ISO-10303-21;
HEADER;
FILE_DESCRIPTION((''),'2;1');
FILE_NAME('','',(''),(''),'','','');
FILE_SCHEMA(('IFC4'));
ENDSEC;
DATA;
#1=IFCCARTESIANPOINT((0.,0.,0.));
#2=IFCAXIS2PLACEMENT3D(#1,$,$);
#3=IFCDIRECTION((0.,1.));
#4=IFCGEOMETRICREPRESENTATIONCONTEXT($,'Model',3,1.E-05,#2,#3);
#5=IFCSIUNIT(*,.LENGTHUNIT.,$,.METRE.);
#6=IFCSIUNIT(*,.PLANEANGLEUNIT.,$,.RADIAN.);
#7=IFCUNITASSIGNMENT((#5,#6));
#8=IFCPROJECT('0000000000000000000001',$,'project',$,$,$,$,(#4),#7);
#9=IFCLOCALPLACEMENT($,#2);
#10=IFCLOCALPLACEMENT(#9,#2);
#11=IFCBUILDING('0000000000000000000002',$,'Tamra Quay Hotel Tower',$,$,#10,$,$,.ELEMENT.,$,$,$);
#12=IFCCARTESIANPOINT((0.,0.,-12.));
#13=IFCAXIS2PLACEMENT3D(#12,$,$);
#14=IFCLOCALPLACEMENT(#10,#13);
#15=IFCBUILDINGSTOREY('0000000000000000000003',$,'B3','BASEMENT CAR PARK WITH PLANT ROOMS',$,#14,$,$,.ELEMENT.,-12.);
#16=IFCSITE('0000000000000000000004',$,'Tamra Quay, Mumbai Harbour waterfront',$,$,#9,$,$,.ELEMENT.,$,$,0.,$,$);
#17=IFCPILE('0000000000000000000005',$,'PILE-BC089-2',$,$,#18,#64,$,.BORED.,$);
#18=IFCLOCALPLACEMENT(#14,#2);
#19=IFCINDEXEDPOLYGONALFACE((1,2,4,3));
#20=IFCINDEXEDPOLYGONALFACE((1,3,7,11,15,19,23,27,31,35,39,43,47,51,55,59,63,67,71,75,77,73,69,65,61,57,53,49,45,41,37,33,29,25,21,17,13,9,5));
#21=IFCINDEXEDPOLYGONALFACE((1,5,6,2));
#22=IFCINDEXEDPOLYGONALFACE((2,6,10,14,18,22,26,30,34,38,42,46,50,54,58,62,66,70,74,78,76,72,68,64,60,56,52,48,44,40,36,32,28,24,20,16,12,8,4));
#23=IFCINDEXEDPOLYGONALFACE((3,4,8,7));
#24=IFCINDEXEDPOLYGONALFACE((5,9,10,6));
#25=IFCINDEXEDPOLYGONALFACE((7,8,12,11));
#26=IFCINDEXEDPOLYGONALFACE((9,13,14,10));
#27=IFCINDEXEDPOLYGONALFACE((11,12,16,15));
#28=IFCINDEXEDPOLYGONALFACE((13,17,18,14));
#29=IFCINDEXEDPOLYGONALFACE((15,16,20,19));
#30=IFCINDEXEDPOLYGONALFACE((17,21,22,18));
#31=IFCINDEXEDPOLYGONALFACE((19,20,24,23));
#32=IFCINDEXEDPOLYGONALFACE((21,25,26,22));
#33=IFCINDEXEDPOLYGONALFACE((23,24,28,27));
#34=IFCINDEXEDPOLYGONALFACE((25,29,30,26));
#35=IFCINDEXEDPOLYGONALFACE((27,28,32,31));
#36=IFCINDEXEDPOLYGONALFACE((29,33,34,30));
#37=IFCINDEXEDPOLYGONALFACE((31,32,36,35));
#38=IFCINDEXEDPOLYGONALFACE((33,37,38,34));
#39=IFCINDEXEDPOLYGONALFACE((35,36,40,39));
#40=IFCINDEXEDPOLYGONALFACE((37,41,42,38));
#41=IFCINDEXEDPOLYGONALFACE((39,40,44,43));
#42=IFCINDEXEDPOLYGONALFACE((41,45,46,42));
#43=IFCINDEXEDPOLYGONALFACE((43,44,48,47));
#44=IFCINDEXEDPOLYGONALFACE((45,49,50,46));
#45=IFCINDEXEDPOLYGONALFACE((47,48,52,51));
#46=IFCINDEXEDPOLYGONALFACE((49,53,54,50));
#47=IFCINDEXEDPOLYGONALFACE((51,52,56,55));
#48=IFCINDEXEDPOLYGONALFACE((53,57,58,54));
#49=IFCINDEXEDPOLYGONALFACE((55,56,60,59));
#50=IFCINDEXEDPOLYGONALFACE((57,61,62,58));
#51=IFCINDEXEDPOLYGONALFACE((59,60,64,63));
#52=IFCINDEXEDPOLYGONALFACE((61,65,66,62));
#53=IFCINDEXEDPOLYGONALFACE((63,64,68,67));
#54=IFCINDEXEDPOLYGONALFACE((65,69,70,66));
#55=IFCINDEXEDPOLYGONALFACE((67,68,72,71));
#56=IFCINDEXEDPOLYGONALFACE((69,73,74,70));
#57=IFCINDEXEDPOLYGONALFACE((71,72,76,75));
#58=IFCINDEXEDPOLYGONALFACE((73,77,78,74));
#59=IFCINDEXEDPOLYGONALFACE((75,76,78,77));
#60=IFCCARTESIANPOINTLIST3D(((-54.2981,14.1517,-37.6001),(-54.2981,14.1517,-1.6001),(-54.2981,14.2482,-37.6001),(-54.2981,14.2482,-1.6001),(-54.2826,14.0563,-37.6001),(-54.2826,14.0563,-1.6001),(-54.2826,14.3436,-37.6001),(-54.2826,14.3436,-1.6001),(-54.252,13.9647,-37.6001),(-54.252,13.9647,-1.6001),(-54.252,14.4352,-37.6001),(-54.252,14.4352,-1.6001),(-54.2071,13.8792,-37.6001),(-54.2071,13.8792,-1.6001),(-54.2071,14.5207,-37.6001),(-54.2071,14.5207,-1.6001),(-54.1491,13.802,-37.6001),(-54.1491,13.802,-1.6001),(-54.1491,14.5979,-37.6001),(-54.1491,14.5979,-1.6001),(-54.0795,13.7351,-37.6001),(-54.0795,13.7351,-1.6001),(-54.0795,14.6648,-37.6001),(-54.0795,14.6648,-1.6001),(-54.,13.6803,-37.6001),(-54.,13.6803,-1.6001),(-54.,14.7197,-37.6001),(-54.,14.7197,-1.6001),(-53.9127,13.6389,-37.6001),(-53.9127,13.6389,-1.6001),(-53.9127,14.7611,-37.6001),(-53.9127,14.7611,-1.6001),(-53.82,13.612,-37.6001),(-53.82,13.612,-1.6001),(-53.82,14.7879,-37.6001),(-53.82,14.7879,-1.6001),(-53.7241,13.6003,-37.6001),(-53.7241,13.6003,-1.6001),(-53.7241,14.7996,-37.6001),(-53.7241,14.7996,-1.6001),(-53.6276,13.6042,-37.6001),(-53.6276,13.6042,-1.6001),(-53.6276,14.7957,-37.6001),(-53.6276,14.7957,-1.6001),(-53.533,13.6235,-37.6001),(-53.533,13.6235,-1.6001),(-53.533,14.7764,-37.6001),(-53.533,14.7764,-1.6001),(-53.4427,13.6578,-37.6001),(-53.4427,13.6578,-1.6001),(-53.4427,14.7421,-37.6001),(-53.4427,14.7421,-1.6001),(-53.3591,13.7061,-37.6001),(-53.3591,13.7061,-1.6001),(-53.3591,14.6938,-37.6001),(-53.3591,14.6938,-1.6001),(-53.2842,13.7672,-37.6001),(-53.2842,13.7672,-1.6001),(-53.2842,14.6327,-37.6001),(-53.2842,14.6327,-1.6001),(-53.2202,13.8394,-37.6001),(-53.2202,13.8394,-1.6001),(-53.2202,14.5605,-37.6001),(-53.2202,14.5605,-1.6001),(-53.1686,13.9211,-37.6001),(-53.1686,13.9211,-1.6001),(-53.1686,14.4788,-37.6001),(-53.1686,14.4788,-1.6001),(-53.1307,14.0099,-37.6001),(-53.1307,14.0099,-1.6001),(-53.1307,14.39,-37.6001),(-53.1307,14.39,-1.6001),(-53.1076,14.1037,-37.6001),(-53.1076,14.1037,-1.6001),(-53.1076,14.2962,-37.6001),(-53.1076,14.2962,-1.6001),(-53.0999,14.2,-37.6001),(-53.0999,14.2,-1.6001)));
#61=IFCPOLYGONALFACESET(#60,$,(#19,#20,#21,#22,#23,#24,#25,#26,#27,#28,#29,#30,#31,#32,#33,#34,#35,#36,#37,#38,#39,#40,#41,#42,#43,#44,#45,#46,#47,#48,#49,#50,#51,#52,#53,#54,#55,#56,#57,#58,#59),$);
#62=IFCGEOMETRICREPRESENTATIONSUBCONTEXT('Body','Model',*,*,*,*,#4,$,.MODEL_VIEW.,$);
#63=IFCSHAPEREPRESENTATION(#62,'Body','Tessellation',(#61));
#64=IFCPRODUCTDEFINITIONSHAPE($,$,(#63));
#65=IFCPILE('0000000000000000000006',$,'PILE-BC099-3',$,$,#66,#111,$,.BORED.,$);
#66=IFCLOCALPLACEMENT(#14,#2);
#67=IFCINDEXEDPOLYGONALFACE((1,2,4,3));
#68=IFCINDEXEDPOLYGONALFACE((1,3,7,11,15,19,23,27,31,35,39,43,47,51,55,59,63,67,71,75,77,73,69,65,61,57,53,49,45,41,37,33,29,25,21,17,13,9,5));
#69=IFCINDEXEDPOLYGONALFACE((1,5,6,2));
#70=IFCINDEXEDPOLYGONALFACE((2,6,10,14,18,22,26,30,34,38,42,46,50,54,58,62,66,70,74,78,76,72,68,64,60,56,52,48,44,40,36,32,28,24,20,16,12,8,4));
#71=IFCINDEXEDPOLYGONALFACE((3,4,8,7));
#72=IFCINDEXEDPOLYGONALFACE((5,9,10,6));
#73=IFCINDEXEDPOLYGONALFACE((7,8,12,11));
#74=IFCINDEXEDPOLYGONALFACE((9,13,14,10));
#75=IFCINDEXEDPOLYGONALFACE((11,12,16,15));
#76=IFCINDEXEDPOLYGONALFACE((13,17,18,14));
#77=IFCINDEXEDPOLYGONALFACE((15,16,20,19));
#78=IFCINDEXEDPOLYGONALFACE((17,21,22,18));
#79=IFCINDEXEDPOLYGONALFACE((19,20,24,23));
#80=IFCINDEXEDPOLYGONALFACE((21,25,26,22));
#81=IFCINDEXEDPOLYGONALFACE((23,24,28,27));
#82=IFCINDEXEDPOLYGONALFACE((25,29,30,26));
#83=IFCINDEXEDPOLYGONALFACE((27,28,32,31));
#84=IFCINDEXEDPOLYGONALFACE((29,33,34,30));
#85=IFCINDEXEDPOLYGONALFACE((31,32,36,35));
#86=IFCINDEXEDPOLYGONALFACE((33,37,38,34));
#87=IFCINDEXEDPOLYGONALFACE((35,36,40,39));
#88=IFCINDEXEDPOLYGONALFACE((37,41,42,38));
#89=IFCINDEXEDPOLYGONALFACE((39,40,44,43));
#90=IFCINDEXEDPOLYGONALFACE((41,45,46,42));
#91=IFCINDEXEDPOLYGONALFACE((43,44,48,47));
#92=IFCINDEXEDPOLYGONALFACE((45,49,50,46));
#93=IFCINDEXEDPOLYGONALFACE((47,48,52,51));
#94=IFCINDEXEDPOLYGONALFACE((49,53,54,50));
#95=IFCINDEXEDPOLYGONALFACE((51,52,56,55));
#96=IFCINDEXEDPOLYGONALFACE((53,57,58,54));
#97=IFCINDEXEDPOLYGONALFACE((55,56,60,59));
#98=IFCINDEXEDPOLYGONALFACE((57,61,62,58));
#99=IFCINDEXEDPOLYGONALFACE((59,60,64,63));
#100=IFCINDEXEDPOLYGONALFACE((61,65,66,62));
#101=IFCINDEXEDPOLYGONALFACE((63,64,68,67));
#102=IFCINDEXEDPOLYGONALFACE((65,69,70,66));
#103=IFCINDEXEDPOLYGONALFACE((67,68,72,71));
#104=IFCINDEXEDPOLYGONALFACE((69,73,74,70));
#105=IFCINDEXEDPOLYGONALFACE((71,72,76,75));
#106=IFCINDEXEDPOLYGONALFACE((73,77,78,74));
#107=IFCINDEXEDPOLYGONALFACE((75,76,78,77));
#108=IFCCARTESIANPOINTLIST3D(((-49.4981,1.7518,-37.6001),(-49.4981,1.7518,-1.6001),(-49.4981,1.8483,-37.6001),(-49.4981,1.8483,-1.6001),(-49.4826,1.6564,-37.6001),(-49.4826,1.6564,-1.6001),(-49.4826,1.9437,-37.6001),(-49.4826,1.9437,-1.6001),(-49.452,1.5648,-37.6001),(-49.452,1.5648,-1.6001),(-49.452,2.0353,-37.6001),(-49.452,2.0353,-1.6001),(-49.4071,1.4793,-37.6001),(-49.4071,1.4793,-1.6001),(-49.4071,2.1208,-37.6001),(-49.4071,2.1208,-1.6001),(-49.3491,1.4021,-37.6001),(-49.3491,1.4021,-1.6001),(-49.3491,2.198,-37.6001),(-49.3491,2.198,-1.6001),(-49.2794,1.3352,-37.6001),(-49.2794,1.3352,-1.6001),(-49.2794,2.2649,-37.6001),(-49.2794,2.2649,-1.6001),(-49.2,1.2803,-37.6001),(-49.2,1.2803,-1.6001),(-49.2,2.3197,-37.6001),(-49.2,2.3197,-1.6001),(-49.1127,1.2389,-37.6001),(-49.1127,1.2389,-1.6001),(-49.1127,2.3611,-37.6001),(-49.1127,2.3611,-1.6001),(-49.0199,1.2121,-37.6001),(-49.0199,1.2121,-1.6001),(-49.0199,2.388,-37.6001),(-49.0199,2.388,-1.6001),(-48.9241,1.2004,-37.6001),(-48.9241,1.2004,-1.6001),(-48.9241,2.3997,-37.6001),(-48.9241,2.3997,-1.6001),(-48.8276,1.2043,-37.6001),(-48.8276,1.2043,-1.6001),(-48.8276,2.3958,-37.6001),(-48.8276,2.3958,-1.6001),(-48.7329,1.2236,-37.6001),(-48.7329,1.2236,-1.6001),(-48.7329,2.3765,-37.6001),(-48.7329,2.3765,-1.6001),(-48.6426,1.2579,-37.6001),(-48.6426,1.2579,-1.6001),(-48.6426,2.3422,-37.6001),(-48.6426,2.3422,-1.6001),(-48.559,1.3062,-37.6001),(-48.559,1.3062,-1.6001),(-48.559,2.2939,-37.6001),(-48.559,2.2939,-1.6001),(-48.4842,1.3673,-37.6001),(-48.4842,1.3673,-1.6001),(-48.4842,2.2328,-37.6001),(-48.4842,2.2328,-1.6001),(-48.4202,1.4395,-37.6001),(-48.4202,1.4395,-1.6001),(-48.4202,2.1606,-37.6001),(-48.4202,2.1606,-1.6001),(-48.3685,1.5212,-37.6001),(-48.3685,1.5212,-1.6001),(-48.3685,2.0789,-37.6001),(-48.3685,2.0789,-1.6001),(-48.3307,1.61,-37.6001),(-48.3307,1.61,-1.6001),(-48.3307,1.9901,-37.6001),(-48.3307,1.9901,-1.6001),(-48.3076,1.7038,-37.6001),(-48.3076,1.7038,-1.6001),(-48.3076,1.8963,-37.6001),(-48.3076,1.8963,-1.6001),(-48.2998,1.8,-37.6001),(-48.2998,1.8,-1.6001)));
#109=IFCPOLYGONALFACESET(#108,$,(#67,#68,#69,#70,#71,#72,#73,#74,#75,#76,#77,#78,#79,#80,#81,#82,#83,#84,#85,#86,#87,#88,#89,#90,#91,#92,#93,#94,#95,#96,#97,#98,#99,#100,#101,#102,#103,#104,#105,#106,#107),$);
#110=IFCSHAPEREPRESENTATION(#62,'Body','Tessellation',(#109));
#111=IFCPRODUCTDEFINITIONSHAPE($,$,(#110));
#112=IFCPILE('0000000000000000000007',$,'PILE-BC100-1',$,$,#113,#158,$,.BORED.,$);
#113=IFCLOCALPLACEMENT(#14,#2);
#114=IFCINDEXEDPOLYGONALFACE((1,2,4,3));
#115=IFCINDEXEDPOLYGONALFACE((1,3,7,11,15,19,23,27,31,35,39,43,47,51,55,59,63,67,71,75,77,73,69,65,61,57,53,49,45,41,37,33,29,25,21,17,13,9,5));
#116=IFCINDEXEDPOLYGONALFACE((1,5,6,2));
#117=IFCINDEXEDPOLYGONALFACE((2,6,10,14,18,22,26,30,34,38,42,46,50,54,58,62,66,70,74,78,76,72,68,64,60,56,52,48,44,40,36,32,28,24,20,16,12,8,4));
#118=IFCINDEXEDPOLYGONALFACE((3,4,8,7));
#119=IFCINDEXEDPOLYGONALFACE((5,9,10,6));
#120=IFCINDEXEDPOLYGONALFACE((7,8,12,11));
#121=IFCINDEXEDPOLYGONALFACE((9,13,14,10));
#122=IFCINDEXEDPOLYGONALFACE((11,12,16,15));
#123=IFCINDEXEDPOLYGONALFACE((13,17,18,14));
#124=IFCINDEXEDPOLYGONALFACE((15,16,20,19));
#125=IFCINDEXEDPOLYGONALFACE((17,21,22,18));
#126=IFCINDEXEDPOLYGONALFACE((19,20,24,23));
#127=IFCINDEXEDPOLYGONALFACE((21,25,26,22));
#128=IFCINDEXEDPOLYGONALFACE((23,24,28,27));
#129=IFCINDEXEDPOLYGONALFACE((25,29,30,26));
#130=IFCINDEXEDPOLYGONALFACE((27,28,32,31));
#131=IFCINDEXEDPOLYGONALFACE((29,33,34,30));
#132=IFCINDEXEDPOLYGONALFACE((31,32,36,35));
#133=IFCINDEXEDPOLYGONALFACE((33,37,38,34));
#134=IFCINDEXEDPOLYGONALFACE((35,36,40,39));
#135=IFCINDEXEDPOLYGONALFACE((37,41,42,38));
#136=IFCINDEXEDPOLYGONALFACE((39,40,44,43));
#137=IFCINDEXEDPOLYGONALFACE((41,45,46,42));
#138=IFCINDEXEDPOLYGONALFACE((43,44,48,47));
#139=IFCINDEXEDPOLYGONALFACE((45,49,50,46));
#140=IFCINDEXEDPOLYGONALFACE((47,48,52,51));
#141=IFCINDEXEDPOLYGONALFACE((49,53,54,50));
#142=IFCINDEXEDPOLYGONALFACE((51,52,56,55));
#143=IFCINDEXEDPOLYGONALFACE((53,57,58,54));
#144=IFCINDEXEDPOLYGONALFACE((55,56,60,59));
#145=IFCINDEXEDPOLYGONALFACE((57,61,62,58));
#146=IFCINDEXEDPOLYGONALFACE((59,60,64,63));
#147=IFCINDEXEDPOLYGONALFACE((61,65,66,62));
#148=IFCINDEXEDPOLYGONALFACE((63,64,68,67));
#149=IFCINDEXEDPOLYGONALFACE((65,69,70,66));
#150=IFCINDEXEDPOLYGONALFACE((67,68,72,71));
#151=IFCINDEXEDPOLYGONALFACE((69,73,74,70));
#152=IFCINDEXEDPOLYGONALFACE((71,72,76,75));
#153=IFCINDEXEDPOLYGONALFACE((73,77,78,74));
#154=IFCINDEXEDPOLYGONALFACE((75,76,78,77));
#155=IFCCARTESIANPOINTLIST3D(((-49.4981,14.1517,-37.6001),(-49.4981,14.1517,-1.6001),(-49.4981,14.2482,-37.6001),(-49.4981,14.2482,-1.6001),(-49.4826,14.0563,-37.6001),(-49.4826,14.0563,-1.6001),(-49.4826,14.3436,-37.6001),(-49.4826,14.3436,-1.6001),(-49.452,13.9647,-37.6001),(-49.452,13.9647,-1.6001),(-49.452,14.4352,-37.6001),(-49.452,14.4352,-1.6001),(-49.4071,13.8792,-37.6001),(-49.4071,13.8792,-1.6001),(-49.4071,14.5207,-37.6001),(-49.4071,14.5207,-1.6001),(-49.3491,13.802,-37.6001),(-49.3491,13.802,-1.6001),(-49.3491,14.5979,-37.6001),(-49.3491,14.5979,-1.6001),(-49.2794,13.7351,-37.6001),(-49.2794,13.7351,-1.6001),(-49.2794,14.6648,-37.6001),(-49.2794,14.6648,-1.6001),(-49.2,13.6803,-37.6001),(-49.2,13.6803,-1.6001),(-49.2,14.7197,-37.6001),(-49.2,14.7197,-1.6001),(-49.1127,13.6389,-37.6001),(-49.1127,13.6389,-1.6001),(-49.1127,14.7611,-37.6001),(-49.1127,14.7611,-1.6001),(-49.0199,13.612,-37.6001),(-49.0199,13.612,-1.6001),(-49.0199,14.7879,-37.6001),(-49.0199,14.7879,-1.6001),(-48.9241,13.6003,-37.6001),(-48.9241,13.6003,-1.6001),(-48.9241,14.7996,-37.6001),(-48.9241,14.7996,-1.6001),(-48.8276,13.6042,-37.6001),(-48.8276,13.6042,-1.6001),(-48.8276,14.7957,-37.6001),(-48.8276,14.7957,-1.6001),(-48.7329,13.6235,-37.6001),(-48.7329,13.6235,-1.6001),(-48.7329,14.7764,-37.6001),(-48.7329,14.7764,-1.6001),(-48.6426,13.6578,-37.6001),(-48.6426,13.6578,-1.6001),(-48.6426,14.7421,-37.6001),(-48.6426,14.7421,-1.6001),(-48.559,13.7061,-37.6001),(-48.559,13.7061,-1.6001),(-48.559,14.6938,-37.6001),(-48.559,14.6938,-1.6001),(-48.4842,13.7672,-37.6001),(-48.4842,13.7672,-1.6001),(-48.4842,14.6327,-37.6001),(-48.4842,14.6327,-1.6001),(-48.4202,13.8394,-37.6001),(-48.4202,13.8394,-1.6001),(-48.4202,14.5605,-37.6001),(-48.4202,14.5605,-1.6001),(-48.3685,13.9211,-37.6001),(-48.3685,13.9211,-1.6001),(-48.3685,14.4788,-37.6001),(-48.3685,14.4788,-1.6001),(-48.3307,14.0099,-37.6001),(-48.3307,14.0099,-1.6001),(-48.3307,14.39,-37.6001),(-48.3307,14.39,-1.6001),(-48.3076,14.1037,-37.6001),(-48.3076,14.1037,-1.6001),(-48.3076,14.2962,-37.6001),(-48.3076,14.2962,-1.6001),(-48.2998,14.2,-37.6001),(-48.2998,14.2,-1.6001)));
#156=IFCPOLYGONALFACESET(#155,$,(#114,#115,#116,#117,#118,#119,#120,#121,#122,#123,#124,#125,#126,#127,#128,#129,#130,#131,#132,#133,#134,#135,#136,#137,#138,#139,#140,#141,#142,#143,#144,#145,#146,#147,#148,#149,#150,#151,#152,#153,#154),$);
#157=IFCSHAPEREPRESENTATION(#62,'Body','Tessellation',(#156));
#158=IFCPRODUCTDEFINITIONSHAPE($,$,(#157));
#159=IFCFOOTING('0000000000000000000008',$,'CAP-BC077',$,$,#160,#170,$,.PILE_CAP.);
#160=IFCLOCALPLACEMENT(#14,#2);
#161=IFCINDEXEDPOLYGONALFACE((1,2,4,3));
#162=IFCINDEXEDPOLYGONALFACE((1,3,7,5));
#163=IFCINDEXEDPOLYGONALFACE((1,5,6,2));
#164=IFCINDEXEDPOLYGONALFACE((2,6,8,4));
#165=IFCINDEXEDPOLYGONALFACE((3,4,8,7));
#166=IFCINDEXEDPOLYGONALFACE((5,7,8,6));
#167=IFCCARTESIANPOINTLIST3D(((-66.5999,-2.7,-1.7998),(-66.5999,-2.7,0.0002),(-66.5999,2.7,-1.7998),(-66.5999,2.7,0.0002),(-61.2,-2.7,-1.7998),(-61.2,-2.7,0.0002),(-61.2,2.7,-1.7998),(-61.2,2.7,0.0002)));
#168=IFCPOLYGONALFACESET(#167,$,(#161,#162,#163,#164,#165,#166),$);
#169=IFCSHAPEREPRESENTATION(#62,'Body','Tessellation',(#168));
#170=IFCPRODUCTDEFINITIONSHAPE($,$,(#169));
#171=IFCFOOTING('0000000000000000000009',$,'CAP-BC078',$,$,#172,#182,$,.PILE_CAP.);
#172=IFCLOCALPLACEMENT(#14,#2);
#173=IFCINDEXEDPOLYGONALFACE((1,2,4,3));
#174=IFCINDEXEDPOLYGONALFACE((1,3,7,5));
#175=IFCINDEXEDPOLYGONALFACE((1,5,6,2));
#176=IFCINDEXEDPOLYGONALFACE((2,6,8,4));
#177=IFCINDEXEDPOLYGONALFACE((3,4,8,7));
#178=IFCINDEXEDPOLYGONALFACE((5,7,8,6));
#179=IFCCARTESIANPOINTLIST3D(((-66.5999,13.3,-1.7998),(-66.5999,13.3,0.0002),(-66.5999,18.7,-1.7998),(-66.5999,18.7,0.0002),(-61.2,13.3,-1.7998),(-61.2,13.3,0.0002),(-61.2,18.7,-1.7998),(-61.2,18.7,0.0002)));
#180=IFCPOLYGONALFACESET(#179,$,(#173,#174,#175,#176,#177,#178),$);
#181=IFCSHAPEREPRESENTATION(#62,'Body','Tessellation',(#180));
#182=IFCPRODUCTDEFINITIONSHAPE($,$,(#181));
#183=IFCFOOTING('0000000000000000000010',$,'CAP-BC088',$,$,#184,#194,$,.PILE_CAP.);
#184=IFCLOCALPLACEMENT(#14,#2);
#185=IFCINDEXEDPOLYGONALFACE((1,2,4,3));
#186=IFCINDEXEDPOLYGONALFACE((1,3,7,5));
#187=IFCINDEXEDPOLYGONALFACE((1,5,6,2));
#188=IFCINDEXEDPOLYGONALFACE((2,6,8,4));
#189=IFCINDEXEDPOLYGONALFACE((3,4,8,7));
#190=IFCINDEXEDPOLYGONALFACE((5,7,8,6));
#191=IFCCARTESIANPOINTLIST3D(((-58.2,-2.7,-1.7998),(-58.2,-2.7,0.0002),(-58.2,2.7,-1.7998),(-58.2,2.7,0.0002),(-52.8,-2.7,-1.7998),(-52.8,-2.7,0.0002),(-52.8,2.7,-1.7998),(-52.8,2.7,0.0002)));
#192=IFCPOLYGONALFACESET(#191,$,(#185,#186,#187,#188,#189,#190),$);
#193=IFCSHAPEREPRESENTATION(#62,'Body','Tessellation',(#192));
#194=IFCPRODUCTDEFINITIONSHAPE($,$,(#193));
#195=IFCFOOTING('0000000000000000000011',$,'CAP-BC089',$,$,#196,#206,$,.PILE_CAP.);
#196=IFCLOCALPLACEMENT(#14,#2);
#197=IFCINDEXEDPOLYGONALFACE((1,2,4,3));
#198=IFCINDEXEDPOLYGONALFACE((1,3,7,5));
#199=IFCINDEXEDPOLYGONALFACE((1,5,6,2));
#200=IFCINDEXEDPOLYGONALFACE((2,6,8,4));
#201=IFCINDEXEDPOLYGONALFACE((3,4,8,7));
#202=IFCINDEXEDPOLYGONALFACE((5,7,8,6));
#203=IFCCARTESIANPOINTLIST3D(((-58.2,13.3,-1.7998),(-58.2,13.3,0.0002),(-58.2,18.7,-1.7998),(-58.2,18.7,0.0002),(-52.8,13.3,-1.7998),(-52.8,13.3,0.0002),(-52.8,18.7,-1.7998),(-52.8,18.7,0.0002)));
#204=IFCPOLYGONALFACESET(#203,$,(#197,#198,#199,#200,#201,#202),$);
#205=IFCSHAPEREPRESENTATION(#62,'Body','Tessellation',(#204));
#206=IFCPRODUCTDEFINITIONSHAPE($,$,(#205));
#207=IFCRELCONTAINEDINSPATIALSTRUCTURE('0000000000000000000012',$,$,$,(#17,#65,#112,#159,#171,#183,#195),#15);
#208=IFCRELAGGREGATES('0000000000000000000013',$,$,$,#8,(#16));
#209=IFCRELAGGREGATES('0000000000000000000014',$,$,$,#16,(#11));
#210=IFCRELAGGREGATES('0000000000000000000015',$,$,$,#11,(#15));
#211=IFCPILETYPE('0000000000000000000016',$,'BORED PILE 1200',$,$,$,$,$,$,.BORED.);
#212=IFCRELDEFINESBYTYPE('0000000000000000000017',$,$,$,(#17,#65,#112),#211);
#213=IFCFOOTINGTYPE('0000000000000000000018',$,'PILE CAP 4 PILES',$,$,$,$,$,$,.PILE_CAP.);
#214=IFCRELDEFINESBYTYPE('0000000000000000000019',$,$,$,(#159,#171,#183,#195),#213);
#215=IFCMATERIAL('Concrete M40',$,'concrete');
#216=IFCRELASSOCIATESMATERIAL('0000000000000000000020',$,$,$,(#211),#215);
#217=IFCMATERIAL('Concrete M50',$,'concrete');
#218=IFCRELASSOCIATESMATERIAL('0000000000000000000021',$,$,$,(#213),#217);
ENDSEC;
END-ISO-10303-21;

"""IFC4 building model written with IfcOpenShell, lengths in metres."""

from ifc_helpers import new_model, si_unit, direction, frame, origin, origin_2d, place, context, subcontext, project, spatial, rectangle, circle, extrude, material, material_profile, profile_set, type_object, element, save


model = new_model("IFC4")

# Units and contexts
model_context = context("Model", 3, precision=1e-05, world=origin(), true_north=direction((0.0, 1.0)))
body_context = subcontext(model_context, "Body", "Model", "MODEL_VIEW")
ifc_project = project(units=[si_unit("LENGTHUNIT", "METRE"), si_unit("PLANEANGLEUNIT", "RADIAN")], contexts=[model_context])

# Site, building, storey
site_placement = place(None, origin())
site = spatial("IfcSite", under=ifc_project, at=site_placement, Name="Tamra Quay, Mumbai Harbour waterfront", CompositionType="ELEMENT", RefElevation=0.0)
building_placement = place(site_placement, origin())
building = spatial("IfcBuilding", under=site, at=building_placement, Name="Tamra Quay Hotel Tower", CompositionType="ELEMENT")
storey_placement = place(building_placement, frame((0.0, 0.0, -12.0)))
storey = spatial("IfcBuildingStorey", under=building, at=storey_placement, Name="B3", Description="BASEMENT CAR PARK WITH PLANT ROOMS", CompositionType="ELEMENT", Elevation=-12.0)

# Piles
ifc_material_1 = material(Name="Concrete M40", Category="concrete")
ifc_material_profile_1 = material_profile(ifc_material_1, circle(Radius=0.6001, at=origin_2d()), Name="BORED PILE 1200")
ifc_profile_set_1 = profile_set([ifc_material_profile_1], Name="Concrete M40")
pile_type = type_object("IfcPileType", Name="BORED PILE 1200", PredefinedType="BORED", material=ifc_profile_set_1)
for number, where, z_axis, x_axis, name in (
    (1, (-53.7, 14.2, -1.6001), (0.0, 0.0, -1.0), (1.0, 0.0, 0.0), "PILE-BC089-2"),
    (2, (-48.8999, 1.8, -1.6001), (0.0, 0.0, -1.0), (1.0, 0.0, 0.0), "PILE-BC099-3"),
    (3, (-48.8999, 14.2, -1.6001), (0.0, 0.0, -1.0), (1.0, 0.0, 0.0), "PILE-BC100-1"),
):
    element("IfcPile", number, at=place(storey_placement, frame(where, z_axis=z_axis, x_axis=x_axis)), inside=storey, type_object=pile_type, Name=name, PredefinedType="BORED", context=body_context, shape_type="SweptSolid", body=[
        extrude(circle(Radius=0.6001, at=origin_2d()), origin(), (0.0, 0.0, 1.0), 36.0),
    ])

# Footings
ifc_material_2 = material(Name="Concrete M50", Category="concrete")
footing_type = type_object("IfcFootingType", Name="PILE CAP 4 PILES", PredefinedType="PILE_CAP", material=ifc_material_2)
for number, where, z_axis, x_axis, name in (
    (4, (-63.8999, 0.0, -1.7998), (0.0, 0.0, 1.0), (1.0, 0.0, 0.0), "CAP-BC077"),
    (5, (-63.8999, 16.0, -1.7998), (0.0, 0.0, 1.0), (1.0, 0.0, 0.0), "CAP-BC078"),
    (6, (-55.5, 0.0, -1.7998), (0.0, 0.0, 1.0), (1.0, 0.0, 0.0), "CAP-BC088"),
    (7, (-55.5, 16.0, -1.7998), (0.0, 0.0, 1.0), (1.0, 0.0, 0.0), "CAP-BC089"),
):
    element("IfcFooting", number, at=place(storey_placement, frame(where, z_axis=z_axis, x_axis=x_axis)), inside=storey, type_object=footing_type, Name=name, PredefinedType="PILE_CAP", context=body_context, shape_type="SweptSolid", body=[
        extrude(rectangle(XDim=5.3999, YDim=5.3999, at=origin_2d()), origin(), (0.0, 0.0, 1.0), 1.8),
    ])

save(model, "model.ifc")
